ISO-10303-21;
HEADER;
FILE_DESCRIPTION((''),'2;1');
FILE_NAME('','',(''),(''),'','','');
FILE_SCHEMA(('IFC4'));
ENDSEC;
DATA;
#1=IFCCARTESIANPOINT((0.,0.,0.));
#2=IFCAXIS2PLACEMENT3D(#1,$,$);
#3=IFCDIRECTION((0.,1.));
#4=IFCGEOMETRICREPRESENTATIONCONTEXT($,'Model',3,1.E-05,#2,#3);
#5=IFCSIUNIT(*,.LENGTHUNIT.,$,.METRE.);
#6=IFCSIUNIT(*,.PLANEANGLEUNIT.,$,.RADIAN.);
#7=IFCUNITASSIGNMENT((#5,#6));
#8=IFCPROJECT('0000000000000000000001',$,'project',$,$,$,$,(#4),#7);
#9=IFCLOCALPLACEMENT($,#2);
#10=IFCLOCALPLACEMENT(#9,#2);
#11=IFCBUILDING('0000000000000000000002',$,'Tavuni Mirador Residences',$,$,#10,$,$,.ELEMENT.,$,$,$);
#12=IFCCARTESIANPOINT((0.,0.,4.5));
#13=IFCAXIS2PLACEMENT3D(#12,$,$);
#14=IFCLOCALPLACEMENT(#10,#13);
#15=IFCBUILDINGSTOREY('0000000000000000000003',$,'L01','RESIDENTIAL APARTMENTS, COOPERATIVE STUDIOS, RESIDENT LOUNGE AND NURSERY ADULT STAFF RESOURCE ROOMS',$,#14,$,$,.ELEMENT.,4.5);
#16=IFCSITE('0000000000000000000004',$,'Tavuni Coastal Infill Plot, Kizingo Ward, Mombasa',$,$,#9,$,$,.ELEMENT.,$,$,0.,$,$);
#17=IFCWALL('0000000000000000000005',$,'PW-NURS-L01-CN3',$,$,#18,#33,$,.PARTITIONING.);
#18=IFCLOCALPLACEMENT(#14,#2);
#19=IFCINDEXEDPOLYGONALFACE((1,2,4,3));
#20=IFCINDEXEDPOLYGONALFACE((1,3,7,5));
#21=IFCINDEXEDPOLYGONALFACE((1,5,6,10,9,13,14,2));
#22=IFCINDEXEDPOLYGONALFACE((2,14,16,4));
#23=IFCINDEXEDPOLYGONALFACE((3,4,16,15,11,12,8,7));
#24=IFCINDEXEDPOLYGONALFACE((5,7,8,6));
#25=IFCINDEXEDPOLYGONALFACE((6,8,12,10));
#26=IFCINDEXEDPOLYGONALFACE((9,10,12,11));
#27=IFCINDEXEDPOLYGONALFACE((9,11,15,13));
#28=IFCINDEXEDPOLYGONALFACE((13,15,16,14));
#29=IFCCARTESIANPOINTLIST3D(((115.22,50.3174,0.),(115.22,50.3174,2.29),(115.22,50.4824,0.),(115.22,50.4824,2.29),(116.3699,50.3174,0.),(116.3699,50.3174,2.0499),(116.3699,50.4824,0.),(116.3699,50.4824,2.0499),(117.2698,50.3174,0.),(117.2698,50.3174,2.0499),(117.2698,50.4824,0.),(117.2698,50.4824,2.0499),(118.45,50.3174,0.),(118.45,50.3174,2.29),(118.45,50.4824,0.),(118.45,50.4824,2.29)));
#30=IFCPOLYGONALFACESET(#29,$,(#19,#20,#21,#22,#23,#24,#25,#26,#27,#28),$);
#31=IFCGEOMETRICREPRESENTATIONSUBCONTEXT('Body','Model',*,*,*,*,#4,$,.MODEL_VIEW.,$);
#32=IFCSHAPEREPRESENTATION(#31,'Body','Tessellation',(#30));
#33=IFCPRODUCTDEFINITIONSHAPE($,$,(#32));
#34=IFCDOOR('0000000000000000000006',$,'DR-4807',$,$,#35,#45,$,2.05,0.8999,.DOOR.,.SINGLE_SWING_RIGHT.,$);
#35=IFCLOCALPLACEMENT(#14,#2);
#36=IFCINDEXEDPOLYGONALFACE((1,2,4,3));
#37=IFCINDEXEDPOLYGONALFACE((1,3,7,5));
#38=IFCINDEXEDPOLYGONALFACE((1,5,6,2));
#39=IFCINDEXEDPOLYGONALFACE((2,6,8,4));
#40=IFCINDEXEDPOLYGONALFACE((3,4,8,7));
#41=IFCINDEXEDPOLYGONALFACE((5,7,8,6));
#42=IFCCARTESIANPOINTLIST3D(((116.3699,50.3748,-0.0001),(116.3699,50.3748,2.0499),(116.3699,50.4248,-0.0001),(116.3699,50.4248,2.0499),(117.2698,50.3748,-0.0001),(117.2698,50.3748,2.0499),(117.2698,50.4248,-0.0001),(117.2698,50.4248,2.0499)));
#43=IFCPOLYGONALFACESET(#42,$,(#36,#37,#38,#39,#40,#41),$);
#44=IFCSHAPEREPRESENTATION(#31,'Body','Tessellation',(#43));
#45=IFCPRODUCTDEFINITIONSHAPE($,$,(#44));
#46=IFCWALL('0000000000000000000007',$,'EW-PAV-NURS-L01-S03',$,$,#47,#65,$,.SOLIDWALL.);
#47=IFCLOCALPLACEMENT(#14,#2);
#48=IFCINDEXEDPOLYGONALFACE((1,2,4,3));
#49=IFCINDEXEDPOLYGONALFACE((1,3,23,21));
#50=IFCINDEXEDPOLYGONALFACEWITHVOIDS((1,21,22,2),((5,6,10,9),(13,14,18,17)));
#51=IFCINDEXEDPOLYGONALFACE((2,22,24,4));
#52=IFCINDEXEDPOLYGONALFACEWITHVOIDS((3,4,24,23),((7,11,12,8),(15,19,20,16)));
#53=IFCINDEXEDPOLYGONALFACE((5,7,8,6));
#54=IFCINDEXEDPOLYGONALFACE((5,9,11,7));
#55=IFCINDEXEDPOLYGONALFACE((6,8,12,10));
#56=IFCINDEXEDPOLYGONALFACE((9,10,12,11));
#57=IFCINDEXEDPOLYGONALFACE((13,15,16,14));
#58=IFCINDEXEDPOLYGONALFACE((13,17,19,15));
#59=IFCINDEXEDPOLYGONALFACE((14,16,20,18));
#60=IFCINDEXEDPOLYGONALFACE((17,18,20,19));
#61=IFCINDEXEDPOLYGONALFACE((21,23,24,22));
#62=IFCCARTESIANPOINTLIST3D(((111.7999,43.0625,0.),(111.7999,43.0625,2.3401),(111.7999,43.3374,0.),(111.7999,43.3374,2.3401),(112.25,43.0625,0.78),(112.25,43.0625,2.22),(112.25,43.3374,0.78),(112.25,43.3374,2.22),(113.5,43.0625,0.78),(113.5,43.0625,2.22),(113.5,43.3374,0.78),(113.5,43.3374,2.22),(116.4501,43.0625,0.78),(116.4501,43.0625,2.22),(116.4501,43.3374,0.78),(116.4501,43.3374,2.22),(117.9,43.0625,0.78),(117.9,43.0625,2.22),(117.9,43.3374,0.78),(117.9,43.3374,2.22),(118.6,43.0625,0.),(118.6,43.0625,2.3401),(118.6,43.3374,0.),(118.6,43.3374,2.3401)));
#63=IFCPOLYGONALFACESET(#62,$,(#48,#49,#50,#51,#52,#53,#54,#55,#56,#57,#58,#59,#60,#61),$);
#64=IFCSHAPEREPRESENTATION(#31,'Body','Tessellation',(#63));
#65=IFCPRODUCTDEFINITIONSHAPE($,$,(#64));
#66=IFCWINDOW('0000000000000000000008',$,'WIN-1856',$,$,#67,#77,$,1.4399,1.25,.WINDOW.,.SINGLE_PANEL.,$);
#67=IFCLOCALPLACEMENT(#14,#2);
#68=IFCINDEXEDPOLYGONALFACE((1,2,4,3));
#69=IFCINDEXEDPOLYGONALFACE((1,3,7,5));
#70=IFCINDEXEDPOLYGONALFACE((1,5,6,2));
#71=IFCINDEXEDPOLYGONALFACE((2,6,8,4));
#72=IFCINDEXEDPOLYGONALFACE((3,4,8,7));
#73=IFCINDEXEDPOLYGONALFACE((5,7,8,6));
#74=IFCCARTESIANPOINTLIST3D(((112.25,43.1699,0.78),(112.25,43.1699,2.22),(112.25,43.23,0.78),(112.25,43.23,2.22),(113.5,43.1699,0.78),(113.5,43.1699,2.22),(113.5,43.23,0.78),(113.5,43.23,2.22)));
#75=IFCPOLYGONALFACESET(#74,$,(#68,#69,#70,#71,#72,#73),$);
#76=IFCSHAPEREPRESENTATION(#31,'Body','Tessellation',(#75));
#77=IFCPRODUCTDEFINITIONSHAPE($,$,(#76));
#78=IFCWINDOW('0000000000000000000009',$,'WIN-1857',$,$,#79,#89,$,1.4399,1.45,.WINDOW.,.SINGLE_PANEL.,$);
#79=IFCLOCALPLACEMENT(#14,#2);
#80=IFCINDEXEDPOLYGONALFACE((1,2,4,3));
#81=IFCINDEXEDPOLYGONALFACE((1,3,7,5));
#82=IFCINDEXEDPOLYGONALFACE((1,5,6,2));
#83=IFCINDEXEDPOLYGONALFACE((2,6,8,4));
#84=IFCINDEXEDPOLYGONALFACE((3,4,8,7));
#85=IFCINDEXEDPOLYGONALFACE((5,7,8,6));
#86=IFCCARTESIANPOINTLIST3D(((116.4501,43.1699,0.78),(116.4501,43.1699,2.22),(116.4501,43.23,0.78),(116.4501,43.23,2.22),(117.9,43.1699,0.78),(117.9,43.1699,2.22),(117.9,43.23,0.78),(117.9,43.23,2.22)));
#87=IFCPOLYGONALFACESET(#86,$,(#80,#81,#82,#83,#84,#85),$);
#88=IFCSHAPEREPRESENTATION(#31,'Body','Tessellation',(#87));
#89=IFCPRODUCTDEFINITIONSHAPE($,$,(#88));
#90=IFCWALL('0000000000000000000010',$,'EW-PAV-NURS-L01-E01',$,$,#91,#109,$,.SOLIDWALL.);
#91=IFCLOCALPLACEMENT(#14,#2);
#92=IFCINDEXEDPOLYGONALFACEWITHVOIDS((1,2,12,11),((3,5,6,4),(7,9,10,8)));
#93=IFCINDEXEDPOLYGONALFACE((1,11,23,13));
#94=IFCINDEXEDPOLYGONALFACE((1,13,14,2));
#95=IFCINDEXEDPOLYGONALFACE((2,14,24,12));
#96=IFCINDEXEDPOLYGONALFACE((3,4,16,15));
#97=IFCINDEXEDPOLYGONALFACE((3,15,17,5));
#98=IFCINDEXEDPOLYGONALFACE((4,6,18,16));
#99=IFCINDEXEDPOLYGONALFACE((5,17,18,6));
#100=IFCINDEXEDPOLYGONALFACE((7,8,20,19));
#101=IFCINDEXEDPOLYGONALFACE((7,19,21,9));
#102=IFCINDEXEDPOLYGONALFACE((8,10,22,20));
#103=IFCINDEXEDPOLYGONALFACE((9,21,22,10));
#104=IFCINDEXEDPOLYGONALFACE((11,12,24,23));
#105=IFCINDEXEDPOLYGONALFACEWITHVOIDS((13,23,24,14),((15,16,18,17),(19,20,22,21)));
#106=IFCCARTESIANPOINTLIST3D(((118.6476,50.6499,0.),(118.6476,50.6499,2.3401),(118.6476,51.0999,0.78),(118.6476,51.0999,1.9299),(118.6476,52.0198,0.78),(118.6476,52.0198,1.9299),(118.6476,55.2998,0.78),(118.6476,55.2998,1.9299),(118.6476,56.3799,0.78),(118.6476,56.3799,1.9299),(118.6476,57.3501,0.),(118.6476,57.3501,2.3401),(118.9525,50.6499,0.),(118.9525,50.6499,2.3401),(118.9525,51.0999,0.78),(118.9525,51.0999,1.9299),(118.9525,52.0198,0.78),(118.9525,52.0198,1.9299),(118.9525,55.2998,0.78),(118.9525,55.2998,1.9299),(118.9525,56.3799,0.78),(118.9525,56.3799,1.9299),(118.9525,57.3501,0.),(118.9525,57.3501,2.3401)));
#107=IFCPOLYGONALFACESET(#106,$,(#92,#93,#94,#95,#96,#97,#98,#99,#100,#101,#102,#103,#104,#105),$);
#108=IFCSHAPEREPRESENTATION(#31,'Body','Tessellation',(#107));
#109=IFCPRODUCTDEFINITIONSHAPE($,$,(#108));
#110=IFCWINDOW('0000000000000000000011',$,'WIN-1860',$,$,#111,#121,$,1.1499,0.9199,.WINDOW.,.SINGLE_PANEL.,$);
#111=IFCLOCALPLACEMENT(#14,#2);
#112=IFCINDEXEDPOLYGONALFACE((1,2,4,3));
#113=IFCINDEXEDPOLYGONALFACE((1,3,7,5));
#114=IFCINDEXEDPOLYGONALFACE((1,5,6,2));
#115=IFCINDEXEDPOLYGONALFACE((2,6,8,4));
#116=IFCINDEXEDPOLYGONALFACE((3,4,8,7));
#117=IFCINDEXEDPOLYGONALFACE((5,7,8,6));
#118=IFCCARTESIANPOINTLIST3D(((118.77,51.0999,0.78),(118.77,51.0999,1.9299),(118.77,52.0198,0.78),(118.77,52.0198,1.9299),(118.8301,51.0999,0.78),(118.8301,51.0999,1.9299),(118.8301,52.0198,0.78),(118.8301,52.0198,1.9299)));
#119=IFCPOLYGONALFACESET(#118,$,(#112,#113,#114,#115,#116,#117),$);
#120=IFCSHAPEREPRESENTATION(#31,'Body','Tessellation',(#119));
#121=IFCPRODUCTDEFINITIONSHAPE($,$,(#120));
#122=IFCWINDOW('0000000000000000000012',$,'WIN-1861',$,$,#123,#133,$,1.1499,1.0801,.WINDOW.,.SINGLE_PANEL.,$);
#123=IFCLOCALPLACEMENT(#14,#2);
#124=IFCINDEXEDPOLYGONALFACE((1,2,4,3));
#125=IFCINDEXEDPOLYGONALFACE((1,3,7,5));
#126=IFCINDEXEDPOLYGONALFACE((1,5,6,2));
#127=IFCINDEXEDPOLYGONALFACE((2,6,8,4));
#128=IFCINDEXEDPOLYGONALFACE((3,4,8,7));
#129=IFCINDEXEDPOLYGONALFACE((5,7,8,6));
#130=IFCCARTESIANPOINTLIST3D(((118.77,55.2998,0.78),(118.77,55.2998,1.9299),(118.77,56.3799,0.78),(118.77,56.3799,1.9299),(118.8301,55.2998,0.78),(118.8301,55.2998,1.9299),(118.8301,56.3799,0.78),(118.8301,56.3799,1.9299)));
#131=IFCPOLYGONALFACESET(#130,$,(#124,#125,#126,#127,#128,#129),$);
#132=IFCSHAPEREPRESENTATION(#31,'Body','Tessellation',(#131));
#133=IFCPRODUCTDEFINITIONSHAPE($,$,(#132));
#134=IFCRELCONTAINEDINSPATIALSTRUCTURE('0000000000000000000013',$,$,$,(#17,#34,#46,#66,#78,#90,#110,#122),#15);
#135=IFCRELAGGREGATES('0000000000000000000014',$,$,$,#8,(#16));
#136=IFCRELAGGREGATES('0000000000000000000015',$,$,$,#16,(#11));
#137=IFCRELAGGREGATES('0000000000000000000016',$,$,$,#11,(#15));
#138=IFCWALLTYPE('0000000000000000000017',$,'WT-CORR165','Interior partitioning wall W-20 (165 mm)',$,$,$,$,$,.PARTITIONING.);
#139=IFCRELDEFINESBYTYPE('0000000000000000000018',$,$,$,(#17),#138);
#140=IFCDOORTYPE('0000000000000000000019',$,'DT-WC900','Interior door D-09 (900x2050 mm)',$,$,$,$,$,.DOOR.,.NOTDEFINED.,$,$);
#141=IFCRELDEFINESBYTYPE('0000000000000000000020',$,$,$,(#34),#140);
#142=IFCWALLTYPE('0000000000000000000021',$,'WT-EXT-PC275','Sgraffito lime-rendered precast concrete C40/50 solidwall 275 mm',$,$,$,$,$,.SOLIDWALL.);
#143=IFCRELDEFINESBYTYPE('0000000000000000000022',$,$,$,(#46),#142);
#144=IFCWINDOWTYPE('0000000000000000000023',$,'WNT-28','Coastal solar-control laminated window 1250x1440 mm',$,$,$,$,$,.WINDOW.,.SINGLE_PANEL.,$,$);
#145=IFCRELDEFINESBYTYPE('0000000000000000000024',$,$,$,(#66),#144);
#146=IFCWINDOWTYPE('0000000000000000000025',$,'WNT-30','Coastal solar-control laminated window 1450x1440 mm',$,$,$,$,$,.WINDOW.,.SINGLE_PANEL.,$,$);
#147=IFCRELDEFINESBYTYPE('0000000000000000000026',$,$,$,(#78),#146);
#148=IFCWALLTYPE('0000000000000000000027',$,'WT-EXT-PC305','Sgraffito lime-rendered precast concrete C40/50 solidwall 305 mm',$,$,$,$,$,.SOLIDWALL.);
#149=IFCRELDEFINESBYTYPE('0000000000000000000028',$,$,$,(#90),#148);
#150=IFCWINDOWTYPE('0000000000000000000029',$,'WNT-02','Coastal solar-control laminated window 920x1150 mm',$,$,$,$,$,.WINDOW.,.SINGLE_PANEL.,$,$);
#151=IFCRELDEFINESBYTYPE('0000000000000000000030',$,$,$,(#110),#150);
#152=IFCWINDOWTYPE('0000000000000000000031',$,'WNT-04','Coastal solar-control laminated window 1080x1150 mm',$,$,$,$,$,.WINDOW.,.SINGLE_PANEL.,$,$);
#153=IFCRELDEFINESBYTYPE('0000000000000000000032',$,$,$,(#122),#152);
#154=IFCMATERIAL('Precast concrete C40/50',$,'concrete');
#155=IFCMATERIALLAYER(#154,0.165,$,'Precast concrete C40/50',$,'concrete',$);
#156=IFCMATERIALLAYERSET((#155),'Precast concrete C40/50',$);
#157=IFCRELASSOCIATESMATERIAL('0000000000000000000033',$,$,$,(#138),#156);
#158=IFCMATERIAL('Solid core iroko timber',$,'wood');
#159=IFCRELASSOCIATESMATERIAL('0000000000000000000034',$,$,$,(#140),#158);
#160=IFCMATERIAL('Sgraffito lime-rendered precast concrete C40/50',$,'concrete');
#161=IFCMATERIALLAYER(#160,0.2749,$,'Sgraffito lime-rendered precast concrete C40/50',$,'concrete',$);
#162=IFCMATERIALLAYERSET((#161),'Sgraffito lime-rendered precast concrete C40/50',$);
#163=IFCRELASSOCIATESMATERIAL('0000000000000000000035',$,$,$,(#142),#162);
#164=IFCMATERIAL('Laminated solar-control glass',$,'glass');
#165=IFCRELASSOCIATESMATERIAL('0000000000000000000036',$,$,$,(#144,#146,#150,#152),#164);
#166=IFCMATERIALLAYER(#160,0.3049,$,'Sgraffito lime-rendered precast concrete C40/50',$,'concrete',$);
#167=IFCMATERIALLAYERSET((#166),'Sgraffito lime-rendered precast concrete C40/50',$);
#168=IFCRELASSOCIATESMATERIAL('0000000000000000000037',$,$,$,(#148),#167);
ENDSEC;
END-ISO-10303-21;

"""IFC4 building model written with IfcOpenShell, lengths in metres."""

from ifc_helpers import new_model, si_unit, direction, frame, frame_2d, origin, place, context, subcontext, project, spatial, rectangle, extrude, material, layer, layer_set, type_object, element, fill, save


model = new_model("IFC4")

# Units and contexts
model_context = context("Model", 3, precision=1e-05, world=origin(), true_north=direction((0.0, 1.0)))
body_context = subcontext(model_context, "Body", "Model", "MODEL_VIEW")
ifc_project = project(units=[si_unit("LENGTHUNIT", "METRE"), si_unit("PLANEANGLEUNIT", "RADIAN")], contexts=[model_context])

# Site, building, storey
site_placement = place(None, origin())
site = spatial("IfcSite", under=ifc_project, at=site_placement, Name="Tavuni Coastal Infill Plot, Kizingo Ward, Mombasa", CompositionType="ELEMENT", RefElevation=0.0)
building_placement = place(site_placement, origin())
building = spatial("IfcBuilding", under=site, at=building_placement, Name="Tavuni Mirador Residences", CompositionType="ELEMENT")
storey_placement = place(building_placement, frame((0.0, 0.0, 4.5)))
storey = spatial("IfcBuildingStorey", under=building, at=storey_placement, Name="L01", Description="RESIDENTIAL APARTMENTS, COOPERATIVE STUDIOS, RESIDENT LOUNGE AND NURSERY ADULT STAFF RESOURCE ROOMS", CompositionType="ELEMENT", Elevation=4.5)

# Shared definitions
ifc_material_1 = material(Name="Precast concrete C40/50", Category="concrete")

# Wall, opening, door
ifc_material_2 = material(Name="Solid core iroko timber", Category="wood")
ifc_layer_1 = layer(ifc_material_1, 0.165, Name="Precast concrete C40/50", Category="concrete")
ifc_layer_set_1 = layer_set([ifc_layer_1], Name="Precast concrete C40/50")
wall_type_1 = type_object("IfcWallType", Name="WT-CORR165", Description="Interior partitioning wall W-20 (165 mm)", PredefinedType="PARTITIONING", material=ifc_layer_set_1)
wall_1_placement = place(storey_placement, frame((115.22, 50.3999, 0.0), z_axis=(0.0, 0.0, 1.0), x_axis=(1.0, 0.0, 0.0)))
wall_1 = element("IfcWall", 1, at=wall_1_placement, inside=storey, type_object=wall_type_1, Name="PW-NURS-L01-CN3", PredefinedType="PARTITIONING", context=body_context, shape_type="SweptSolid", body=[
    extrude(rectangle(XDim=3.23, YDim=0.165, at=frame_2d((1.615, 0.0))), origin(), (0.0, 0.0, 1.0), 2.29),
])
opening_1_placement = place(wall_1_placement, frame((1.1499, 0.0, 0.0)))
opening_1 = element("IfcOpeningElement", 2, at=opening_1_placement, cuts=wall_1, PredefinedType="OPENING", context=body_context, shape_type="SweptSolid", body=[
    extrude(rectangle(XDim=0.8999, YDim=2.05, at=frame_2d((0.45, 1.0249))), frame((0.0, 0.0925, 0.0), z_axis=(0.0, -1.0, 0.0), x_axis=(1.0, 0.0, 0.0)), (0.0, 0.0, 1.0), 0.1851),
])
door_type_1 = type_object("IfcDoorType", Name="DT-WC900", Description="Interior door D-09 (900x2050 mm)", OperationType="NOTDEFINED", PredefinedType="DOOR", material=ifc_material_2)
door_1_placement = place(opening_1_placement, origin())
door_1 = element("IfcDoor", 3, at=door_1_placement, inside=storey, type_object=door_type_1, Name="DR-4807", OperationType="SINGLE_SWING_RIGHT", OverallHeight=2.05, OverallWidth=0.8999, PredefinedType="DOOR", context=body_context, shape_type="SweptSolid", body=[
    extrude(rectangle(XDim=0.8999, YDim=2.05, at=frame_2d((0.45, 1.0249))), frame((0.0, 0.0249, 0.0), z_axis=(0.0, -1.0, 0.0), x_axis=(1.0, 0.0, 0.0)), (0.0, 0.0, 1.0), 0.05),
])
fill(opening_1, door_1)

# Walls, openings, windows
ifc_material_3 = material(Name="Sgraffito lime-rendered precast concrete C40/50", Category="concrete")
ifc_layer_2 = layer(ifc_material_3, 0.2749, Name="Sgraffito lime-rendered precast concrete C40/50", Category="concrete")
ifc_layer_set_2 = layer_set([ifc_layer_2], Name="Sgraffito lime-rendered precast concrete C40/50")
wall_type_2 = type_object("IfcWallType", Name="WT-EXT-PC275", Description="Sgraffito lime-rendered precast concrete C40/50 solidwall 275 mm", PredefinedType="SOLIDWALL", material=ifc_layer_set_2)
wall_2_placement = place(storey_placement, frame((111.8, 43.2, 0.0), z_axis=(0.0, 0.0, 1.0), x_axis=(1.0, 0.0, 0.0)))
wall_2 = element("IfcWall", 4, at=wall_2_placement, inside=storey, type_object=wall_type_2, Name="EW-PAV-NURS-L01-S03", PredefinedType="SOLIDWALL", context=body_context, shape_type="SweptSolid", body=[
    extrude(rectangle(XDim=6.8, YDim=0.2749, at=frame_2d((3.3999, 0.0))), origin(), (0.0, 0.0, 1.0), 2.3401),
])
opening_2_placement = place(wall_2_placement, frame((0.45, 0.0, 0.78)))
opening_2 = element("IfcOpeningElement", 5, at=opening_2_placement, cuts=wall_2, PredefinedType="OPENING", context=body_context, shape_type="SweptSolid", body=[
    extrude(rectangle(XDim=1.25, YDim=1.4399, at=frame_2d((0.625, 0.72))), frame((0.0, 0.1475, 0.0), z_axis=(0.0, -1.0, 0.0), x_axis=(1.0, 0.0, 0.0)), (0.0, 0.0, 1.0), 0.2949),
])
opening_3_placement = place(wall_2_placement, frame((4.6499, 0.0, 0.78)))
opening_3 = element("IfcOpeningElement", 6, at=opening_3_placement, cuts=wall_2, PredefinedType="OPENING", context=body_context, shape_type="SweptSolid", body=[
    extrude(rectangle(XDim=1.45, YDim=1.4399, at=frame_2d((0.7251, 0.72))), frame((0.0, 0.1475, 0.0), z_axis=(0.0, -1.0, 0.0), x_axis=(1.0, 0.0, 0.0)), (0.0, 0.0, 1.0), 0.2949),
])
ifc_material_4 = material(Name="Laminated solar-control glass", Category="glass")
window_type_1 = type_object("IfcWindowType", Name="WNT-28", Description="Coastal solar-control laminated window 1250x1440 mm", PartitioningType="SINGLE_PANEL", PredefinedType="WINDOW", material=ifc_material_4)
window_1_placement = place(opening_2_placement, origin())
window_1 = element("IfcWindow", 7, at=window_1_placement, inside=storey, type_object=window_type_1, Name="WIN-1856", OverallHeight=1.4399, OverallWidth=1.25, PartitioningType="SINGLE_PANEL", PredefinedType="WINDOW", context=body_context, shape_type="SweptSolid", body=[
    extrude(rectangle(XDim=1.25, YDim=1.4399, at=frame_2d((0.625, 0.72))), frame((0.0, 0.03, 0.0), z_axis=(0.0, -1.0, 0.0), x_axis=(1.0, 0.0, 0.0)), (0.0, 0.0, 1.0), 0.0601),
])
fill(opening_2, window_1)
window_type_2 = type_object("IfcWindowType", Name="WNT-30", Description="Coastal solar-control laminated window 1450x1440 mm", PartitioningType="SINGLE_PANEL", PredefinedType="WINDOW", material=ifc_material_4)
window_2_placement = place(opening_3_placement, origin())
window_2 = element("IfcWindow", 8, at=window_2_placement, inside=storey, type_object=window_type_2, Name="WIN-1857", OverallHeight=1.4399, OverallWidth=1.45, PartitioningType="SINGLE_PANEL", PredefinedType="WINDOW", context=body_context, shape_type="SweptSolid", body=[
    extrude(rectangle(XDim=1.45, YDim=1.4399, at=frame_2d((0.7251, 0.72))), frame((0.0, 0.03, 0.0), z_axis=(0.0, -1.0, 0.0), x_axis=(1.0, 0.0, 0.0)), (0.0, 0.0, 1.0), 0.0601),
])
fill(opening_3, window_2)
ifc_layer_3 = layer(ifc_material_3, 0.3049, Name="Sgraffito lime-rendered precast concrete C40/50", Category="concrete")
ifc_layer_set_3 = layer_set([ifc_layer_3], Name="Sgraffito lime-rendered precast concrete C40/50")
wall_type_3 = type_object("IfcWallType", Name="WT-EXT-PC305", Description="Sgraffito lime-rendered precast concrete C40/50 solidwall 305 mm", PredefinedType="SOLIDWALL", material=ifc_layer_set_3)
wall_3_placement = place(storey_placement, frame((118.8, 50.6499, 0.0), z_axis=(0.0, 0.0, 1.0), x_axis=(0.0, 1.0, 0.0)))
wall_3 = element("IfcWall", 9, at=wall_3_placement, inside=storey, type_object=wall_type_3, Name="EW-PAV-NURS-L01-E01", PredefinedType="SOLIDWALL", context=body_context, shape_type="SweptSolid", body=[
    extrude(rectangle(XDim=6.7002, YDim=0.3049, at=frame_2d((3.3501, 0.0))), origin(), (0.0, 0.0, 1.0), 2.3401),
])
opening_4_placement = place(wall_3_placement, frame((0.45, 0.0, 0.78)))
opening_4 = element("IfcOpeningElement", 10, at=opening_4_placement, cuts=wall_3, PredefinedType="OPENING", context=body_context, shape_type="SweptSolid", body=[
    extrude(rectangle(XDim=0.9199, YDim=1.1499, at=frame_2d((0.46, 0.575))), frame((0.0, 0.1626, 0.0), z_axis=(0.0, -1.0, 0.0), x_axis=(1.0, 0.0, 0.0)), (0.0, 0.0, 1.0), 0.325),
])
opening_5_placement = place(wall_3_placement, frame((4.6499, 0.0, 0.78)))
opening_5 = element("IfcOpeningElement", 11, at=opening_5_placement, cuts=wall_3, PredefinedType="OPENING", context=body_context, shape_type="SweptSolid", body=[
    extrude(rectangle(XDim=1.0801, YDim=1.1499, at=frame_2d((0.54, 0.575))), frame((0.0, 0.1626, 0.0), z_axis=(0.0, -1.0, 0.0), x_axis=(1.0, 0.0, 0.0)), (0.0, 0.0, 1.0), 0.325),
])
window_type_3 = type_object("IfcWindowType", Name="WNT-02", Description="Coastal solar-control laminated window 920x1150 mm", PartitioningType="SINGLE_PANEL", PredefinedType="WINDOW", material=ifc_material_4)
window_3_placement = place(opening_4_placement, origin())
window_3 = element("IfcWindow", 12, at=window_3_placement, inside=storey, type_object=window_type_3, Name="WIN-1860", OverallHeight=1.1499, OverallWidth=0.9199, PartitioningType="SINGLE_PANEL", PredefinedType="WINDOW", context=body_context, shape_type="SweptSolid", body=[
    extrude(rectangle(XDim=0.9199, YDim=1.1499, at=frame_2d((0.46, 0.575))), frame((0.0, 0.03, 0.0), z_axis=(0.0, -1.0, 0.0), x_axis=(1.0, 0.0, 0.0)), (0.0, 0.0, 1.0), 0.0601),
])
fill(opening_4, window_3)
window_type_4 = type_object("IfcWindowType", Name="WNT-04", Description="Coastal solar-control laminated window 1080x1150 mm", PartitioningType="SINGLE_PANEL", PredefinedType="WINDOW", material=ifc_material_4)
window_4_placement = place(opening_5_placement, origin())
window_4 = element("IfcWindow", 13, at=window_4_placement, inside=storey, type_object=window_type_4, Name="WIN-1861", OverallHeight=1.1499, OverallWidth=1.0801, PartitioningType="SINGLE_PANEL", PredefinedType="WINDOW", context=body_context, shape_type="SweptSolid", body=[
    extrude(rectangle(XDim=1.0801, YDim=1.1499, at=frame_2d((0.54, 0.575))), frame((0.0, 0.03, 0.0), z_axis=(0.0, -1.0, 0.0), x_axis=(1.0, 0.0, 0.0)), (0.0, 0.0, 1.0), 0.0601),
])
fill(opening_5, window_4)

save(model, "model.ifc")
